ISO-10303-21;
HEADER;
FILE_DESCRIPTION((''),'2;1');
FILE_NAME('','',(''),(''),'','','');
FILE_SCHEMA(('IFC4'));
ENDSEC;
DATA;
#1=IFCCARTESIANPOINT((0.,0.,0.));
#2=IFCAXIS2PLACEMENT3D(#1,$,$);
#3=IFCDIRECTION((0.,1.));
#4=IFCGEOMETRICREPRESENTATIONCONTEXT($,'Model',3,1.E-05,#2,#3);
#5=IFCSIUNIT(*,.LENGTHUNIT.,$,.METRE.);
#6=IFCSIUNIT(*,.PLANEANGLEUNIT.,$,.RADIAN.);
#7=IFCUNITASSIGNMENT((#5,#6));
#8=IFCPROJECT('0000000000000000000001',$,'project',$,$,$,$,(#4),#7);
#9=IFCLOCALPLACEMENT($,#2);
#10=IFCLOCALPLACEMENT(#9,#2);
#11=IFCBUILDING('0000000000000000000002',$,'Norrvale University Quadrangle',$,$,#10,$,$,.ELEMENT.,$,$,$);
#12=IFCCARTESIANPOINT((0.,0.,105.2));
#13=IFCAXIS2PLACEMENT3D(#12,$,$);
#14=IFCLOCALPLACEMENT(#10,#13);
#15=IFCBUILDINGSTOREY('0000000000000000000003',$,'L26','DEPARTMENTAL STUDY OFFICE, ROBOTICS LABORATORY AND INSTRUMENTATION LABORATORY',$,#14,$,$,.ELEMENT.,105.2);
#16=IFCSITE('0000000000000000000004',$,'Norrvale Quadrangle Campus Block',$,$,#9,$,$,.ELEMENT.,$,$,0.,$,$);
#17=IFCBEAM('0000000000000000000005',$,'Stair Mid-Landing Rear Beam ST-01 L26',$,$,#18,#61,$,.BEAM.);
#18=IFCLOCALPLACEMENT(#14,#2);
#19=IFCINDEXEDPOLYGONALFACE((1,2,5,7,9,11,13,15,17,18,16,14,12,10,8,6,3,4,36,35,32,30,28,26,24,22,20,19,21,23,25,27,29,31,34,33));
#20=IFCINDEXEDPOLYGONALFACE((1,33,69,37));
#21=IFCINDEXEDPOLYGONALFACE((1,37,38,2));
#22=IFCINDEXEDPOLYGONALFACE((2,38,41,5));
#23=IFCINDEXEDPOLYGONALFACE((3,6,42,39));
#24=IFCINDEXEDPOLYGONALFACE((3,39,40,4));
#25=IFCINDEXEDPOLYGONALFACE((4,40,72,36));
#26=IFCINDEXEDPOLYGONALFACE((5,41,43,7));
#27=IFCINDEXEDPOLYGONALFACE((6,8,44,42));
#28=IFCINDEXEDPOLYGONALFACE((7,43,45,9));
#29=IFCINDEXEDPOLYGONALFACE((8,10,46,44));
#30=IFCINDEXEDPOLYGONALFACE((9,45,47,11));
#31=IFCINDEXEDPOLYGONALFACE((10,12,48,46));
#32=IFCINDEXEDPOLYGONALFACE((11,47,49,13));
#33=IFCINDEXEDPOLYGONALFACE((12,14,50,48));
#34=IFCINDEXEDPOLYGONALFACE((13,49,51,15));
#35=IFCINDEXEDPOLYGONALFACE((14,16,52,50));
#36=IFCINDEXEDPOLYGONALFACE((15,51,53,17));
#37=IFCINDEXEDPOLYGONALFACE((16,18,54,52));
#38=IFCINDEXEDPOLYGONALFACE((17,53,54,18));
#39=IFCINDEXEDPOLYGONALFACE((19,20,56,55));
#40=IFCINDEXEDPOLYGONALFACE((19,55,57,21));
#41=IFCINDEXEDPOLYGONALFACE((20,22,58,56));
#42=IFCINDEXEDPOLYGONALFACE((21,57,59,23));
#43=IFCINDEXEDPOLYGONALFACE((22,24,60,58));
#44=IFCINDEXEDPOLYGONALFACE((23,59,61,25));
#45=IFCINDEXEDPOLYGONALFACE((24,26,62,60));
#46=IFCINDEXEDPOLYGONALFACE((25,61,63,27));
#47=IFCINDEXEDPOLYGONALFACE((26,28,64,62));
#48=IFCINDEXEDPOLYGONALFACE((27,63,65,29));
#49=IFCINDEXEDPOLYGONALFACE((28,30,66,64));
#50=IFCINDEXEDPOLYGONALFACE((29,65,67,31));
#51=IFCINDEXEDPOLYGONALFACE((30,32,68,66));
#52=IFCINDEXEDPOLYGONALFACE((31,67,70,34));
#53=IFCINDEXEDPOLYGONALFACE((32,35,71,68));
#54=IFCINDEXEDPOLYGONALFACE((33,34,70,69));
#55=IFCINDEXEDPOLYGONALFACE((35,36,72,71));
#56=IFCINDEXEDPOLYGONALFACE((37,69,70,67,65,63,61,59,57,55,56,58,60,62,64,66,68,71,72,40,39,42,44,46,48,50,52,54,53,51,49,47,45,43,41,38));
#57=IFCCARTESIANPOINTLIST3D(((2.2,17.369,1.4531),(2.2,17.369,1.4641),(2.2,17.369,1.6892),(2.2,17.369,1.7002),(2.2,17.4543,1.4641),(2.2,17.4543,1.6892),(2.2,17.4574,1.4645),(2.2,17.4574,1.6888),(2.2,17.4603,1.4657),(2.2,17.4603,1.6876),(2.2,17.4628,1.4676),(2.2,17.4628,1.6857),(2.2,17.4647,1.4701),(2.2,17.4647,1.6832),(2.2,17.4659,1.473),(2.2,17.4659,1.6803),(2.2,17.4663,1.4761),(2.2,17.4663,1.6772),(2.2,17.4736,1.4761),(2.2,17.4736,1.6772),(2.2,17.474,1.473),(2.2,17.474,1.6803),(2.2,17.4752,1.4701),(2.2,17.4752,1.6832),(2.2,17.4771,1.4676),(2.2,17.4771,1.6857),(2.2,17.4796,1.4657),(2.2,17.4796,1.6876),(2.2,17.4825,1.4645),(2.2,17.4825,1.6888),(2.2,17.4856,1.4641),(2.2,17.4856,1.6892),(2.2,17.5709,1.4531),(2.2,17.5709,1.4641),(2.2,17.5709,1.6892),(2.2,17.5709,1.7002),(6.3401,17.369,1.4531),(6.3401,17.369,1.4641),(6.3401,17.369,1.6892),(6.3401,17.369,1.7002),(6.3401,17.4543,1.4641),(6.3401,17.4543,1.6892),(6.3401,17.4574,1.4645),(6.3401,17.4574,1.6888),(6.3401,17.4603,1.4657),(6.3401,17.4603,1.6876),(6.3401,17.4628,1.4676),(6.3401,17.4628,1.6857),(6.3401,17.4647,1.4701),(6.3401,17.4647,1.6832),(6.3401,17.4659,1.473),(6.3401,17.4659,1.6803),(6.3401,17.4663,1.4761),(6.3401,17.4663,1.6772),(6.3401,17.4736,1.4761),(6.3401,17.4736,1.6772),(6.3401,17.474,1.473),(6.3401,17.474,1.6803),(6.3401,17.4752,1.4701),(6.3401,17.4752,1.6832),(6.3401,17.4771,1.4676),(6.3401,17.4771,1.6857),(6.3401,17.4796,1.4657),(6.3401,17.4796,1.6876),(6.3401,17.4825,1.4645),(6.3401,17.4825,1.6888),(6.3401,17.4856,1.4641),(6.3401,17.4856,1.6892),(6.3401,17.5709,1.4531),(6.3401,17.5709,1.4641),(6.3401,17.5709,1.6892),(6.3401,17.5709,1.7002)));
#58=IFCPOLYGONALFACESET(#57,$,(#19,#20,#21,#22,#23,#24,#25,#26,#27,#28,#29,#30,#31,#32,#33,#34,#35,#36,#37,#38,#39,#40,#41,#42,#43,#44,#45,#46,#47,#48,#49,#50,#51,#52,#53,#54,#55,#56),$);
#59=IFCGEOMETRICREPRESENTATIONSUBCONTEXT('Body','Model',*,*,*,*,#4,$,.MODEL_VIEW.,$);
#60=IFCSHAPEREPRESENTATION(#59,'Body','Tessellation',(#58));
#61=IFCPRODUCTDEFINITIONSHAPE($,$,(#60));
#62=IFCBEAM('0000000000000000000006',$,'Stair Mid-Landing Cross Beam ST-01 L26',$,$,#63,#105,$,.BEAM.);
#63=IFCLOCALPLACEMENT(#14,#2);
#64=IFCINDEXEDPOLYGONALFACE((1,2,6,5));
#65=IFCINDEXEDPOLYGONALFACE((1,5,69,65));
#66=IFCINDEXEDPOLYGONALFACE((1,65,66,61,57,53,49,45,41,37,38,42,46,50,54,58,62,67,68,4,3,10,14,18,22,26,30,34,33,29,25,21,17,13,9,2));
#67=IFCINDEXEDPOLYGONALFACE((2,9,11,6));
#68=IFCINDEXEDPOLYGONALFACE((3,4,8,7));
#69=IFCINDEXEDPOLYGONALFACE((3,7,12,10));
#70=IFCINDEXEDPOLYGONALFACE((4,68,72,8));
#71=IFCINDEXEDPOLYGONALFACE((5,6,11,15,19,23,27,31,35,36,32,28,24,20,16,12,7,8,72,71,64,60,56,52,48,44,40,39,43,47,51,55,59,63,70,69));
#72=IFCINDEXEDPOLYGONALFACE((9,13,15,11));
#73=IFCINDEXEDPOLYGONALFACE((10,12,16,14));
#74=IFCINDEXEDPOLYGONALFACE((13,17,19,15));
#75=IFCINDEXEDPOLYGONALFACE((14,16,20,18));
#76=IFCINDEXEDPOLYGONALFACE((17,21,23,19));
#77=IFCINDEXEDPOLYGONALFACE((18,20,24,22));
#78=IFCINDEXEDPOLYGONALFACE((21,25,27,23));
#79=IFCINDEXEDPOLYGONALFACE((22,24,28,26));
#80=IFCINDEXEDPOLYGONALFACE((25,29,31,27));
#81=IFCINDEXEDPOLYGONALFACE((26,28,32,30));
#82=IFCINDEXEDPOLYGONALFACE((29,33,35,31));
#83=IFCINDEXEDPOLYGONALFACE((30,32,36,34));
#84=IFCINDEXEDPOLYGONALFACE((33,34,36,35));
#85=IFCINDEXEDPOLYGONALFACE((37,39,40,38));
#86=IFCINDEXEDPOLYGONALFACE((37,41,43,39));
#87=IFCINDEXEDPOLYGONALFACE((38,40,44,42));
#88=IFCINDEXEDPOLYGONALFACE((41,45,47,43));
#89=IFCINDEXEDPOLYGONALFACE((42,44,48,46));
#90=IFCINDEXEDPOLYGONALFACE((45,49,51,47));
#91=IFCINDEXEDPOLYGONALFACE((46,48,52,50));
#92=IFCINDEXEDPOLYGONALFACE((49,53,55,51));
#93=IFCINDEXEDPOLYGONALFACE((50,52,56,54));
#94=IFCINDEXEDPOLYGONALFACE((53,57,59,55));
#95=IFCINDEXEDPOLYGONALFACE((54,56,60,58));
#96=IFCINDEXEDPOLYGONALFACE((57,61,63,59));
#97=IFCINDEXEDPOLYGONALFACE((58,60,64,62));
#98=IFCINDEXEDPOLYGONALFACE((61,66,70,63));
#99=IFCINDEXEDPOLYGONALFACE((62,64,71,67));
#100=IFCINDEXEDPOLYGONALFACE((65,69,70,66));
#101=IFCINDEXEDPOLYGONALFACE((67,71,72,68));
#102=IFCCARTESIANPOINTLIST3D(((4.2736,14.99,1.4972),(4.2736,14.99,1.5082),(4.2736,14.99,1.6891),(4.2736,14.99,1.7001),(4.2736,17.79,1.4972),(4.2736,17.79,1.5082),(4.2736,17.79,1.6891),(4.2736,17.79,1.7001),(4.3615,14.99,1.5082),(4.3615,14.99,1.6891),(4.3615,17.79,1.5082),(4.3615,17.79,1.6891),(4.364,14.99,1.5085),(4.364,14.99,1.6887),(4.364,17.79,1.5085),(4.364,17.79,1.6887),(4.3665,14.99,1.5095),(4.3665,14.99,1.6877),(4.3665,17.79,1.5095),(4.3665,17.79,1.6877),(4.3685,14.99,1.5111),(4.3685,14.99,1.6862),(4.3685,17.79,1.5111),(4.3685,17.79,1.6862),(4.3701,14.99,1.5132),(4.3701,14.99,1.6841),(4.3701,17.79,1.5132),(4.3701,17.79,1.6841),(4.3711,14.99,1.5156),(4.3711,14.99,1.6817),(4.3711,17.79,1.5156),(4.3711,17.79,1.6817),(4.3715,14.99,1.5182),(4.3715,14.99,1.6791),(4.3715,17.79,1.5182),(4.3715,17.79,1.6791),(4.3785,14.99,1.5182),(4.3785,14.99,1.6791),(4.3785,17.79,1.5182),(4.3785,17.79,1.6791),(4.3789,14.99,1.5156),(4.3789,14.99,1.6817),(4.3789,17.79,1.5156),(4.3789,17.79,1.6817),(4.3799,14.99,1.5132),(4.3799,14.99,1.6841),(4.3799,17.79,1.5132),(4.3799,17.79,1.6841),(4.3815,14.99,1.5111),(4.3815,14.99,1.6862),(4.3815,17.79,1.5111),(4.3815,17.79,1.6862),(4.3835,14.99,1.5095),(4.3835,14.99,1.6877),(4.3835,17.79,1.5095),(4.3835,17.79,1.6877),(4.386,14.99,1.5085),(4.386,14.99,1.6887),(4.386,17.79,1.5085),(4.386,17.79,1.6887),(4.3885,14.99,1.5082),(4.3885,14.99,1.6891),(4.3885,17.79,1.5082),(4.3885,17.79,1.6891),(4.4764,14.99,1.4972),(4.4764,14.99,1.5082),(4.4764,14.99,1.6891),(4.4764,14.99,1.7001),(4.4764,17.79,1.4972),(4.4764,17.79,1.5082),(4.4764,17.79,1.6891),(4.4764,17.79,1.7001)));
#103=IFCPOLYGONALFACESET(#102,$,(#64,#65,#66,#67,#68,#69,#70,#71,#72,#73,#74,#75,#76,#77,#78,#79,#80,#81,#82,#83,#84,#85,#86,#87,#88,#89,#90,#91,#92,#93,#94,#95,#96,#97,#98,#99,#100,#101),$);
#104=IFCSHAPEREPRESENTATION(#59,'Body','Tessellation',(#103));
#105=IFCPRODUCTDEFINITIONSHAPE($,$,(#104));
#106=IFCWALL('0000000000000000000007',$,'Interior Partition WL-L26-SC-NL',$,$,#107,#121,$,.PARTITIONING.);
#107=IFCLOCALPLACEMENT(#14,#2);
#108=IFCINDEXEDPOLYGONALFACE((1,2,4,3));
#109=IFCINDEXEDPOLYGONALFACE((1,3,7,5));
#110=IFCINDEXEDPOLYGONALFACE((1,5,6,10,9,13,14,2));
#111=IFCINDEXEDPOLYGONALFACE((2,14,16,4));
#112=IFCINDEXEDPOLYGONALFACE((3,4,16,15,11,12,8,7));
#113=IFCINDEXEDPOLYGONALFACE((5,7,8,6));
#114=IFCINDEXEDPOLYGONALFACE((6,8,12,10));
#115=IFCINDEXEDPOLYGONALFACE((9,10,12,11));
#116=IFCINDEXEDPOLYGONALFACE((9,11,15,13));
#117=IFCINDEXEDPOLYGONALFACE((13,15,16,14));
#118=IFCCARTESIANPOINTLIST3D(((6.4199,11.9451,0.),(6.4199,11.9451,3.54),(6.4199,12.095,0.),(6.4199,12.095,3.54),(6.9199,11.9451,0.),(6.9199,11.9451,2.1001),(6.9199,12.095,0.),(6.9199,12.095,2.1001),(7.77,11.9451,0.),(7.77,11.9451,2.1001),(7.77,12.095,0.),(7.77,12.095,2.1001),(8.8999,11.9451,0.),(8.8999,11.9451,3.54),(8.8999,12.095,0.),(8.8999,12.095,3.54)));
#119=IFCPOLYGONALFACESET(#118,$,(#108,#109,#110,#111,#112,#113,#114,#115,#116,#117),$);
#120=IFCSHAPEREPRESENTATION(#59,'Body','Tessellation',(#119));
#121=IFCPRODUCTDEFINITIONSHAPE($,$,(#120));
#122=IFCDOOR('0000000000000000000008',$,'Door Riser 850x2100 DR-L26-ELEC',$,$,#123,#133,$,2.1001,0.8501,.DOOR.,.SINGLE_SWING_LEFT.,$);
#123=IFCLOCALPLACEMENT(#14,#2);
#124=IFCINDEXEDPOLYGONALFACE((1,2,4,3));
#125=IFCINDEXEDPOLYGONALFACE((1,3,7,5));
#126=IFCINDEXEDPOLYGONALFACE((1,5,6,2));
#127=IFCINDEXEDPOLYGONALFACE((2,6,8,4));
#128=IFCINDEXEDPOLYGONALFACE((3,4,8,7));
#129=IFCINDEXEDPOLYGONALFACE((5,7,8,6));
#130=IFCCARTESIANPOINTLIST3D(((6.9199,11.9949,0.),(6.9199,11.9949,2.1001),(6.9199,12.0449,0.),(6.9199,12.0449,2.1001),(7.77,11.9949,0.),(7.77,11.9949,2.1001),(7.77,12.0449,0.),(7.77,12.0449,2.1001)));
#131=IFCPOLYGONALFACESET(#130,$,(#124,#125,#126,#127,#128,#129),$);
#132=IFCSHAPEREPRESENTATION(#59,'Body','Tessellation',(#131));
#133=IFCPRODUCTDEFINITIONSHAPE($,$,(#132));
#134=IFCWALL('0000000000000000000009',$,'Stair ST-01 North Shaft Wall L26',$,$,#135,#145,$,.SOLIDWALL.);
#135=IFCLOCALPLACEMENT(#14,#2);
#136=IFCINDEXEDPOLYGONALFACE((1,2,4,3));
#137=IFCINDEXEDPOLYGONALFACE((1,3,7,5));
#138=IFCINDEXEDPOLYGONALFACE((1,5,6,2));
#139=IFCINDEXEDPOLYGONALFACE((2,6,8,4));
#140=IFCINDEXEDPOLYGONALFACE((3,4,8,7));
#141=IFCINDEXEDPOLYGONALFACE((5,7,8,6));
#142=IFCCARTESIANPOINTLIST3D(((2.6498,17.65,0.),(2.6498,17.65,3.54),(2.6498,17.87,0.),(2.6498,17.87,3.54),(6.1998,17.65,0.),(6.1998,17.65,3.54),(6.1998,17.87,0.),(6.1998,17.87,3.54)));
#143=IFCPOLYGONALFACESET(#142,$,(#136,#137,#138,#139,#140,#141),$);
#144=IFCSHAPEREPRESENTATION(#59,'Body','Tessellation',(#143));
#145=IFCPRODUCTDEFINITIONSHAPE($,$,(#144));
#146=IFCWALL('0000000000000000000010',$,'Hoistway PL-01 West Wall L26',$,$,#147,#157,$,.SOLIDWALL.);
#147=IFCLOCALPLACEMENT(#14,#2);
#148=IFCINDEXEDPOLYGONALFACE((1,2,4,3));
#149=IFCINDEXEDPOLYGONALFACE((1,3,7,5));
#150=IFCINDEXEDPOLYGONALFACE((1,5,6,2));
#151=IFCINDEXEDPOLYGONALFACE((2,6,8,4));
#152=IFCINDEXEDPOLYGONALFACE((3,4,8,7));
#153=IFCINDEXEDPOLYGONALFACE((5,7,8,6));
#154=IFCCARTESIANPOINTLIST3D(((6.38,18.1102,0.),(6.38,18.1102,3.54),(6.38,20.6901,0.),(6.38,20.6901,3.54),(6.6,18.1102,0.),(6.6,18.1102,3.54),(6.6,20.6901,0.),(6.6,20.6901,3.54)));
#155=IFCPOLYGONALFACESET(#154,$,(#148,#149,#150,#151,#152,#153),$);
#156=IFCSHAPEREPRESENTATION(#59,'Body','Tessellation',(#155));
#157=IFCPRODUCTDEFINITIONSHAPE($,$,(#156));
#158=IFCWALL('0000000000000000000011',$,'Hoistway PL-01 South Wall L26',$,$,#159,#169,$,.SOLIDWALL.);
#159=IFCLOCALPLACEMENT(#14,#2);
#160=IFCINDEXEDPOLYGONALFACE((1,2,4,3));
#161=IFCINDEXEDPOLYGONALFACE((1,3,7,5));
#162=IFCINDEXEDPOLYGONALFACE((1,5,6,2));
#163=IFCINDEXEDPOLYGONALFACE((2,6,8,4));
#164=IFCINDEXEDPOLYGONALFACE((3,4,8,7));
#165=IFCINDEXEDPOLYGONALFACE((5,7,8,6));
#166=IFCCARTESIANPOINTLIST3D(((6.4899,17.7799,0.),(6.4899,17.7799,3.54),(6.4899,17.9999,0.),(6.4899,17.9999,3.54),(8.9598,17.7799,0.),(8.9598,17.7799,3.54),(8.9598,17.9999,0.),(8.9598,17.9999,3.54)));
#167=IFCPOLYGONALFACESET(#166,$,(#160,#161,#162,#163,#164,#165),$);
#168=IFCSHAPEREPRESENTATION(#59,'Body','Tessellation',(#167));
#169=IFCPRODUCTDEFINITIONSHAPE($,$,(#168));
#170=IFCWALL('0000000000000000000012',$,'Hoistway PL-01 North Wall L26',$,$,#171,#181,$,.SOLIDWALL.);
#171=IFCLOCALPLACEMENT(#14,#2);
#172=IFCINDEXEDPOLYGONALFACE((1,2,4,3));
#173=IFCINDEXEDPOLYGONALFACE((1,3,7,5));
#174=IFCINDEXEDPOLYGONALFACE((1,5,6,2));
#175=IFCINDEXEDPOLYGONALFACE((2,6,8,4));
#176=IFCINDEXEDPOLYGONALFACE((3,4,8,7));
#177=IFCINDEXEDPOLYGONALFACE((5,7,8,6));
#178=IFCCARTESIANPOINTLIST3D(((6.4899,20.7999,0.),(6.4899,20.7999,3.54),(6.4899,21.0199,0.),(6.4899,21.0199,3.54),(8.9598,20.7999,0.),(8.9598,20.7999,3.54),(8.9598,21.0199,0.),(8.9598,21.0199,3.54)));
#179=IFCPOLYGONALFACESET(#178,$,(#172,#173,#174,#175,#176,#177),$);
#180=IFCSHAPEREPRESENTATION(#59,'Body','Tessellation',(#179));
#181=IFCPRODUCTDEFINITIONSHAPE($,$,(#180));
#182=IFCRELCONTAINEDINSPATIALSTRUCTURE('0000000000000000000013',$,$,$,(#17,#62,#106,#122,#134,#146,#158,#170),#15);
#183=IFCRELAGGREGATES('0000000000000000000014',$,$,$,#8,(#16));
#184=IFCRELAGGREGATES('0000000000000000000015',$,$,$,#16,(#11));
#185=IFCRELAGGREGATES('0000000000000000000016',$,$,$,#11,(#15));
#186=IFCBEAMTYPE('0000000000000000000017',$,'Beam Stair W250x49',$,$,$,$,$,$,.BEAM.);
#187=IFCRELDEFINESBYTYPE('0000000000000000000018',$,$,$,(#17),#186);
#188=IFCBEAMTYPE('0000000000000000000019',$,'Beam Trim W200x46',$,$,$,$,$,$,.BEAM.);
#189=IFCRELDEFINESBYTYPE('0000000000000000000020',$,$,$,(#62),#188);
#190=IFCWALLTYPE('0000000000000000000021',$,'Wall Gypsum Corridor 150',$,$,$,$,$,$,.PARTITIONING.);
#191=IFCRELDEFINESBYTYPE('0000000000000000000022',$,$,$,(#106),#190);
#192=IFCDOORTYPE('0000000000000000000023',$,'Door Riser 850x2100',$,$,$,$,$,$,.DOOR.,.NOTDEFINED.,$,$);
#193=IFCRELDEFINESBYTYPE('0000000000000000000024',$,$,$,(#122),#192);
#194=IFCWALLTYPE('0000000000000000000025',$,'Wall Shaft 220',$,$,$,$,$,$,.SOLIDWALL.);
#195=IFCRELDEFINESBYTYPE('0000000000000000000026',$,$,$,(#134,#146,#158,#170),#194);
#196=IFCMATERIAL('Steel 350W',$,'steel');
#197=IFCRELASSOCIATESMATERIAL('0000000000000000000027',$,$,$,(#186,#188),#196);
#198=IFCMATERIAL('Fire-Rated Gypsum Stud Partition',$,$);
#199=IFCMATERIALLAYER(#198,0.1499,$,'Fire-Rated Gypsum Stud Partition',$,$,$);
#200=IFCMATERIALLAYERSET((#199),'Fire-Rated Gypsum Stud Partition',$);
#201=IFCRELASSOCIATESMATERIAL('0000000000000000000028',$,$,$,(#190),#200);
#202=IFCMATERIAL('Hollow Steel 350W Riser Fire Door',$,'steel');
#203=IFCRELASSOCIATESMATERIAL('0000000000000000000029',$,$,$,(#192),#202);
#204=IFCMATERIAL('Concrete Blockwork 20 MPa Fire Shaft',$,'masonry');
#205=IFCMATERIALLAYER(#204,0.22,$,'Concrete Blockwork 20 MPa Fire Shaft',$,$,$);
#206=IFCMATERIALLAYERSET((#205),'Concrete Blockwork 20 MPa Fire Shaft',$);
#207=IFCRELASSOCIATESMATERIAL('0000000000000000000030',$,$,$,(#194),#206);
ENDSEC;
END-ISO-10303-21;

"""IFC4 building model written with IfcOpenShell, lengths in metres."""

from ifc_helpers import new_model, si_unit, direction, frame, frame_2d, origin, origin_2d, place, context, subcontext, project, spatial, rectangle, i_section, extrude, material, layer, layer_set, material_profile, profile_set, type_object, element, fill, save


model = new_model("IFC4")

# Units and contexts
model_context = context("Model", 3, precision=1e-05, world=origin(), true_north=direction((0.0, 1.0)))
body_context = subcontext(model_context, "Body", "Model", "MODEL_VIEW")
ifc_project = project(units=[si_unit("LENGTHUNIT", "METRE"), si_unit("PLANEANGLEUNIT", "RADIAN")], contexts=[model_context])

# Site, building, storey
site_placement = place(None, origin())
site = spatial("IfcSite", under=ifc_project, at=site_placement, Name="Norrvale Quadrangle Campus Block", CompositionType="ELEMENT", RefElevation=0.0)
building_placement = place(site_placement, origin())
building = spatial("IfcBuilding", under=site, at=building_placement, Name="Norrvale University Quadrangle", CompositionType="ELEMENT")
storey_placement = place(building_placement, frame((0.0, 0.0, 105.2)))
storey = spatial("IfcBuildingStorey", under=building, at=storey_placement, Name="L26", Description="DEPARTMENTAL STUDY OFFICE, ROBOTICS LABORATORY AND INSTRUMENTATION LABORATORY", CompositionType="ELEMENT", Elevation=105.2)

# Beams
ifc_material_1 = material(Name="Steel 350W", Category="steel")
ifc_material_profile_1 = material_profile(ifc_material_1, i_section(OverallWidth=0.2019, OverallDepth=0.2471, WebThickness=0.0073, FlangeThickness=0.011, FilletRadius=0.012, at=origin_2d()), Name="Steel 350W")
ifc_profile_set_1 = profile_set([ifc_material_profile_1], Name="Steel 350W")
beam_type_1 = type_object("IfcBeamType", Name="Beam Stair W250x49", PredefinedType="BEAM", material=ifc_profile_set_1)
for number, where, z_axis, x_axis, name in (
    (1, (2.2, 17.47, 1.5767), (1.0, 0.0, 0.0), (0.0, 1.0, 0.0), "Stair Mid-Landing Rear Beam ST-01 L26"),
):
    element("IfcBeam", number, at=place(storey_placement, frame(where, z_axis=z_axis, x_axis=x_axis)), inside=storey, type_object=beam_type_1, Name=name, PredefinedType="BEAM", context=body_context, shape_type="SweptSolid", body=[
        extrude(i_section(OverallWidth=0.2019, OverallDepth=0.2471, WebThickness=0.0073, FlangeThickness=0.011, FilletRadius=0.012, at=origin_2d()), origin(), (0.0, 0.0, 1.0), 4.1401),
    ])
ifc_material_profile_2 = material_profile(ifc_material_1, i_section(OverallWidth=0.2029, OverallDepth=0.2029, WebThickness=0.0071, FlangeThickness=0.011, FilletRadius=0.01, at=origin_2d()), Name="Steel 350W")
ifc_profile_set_2 = profile_set([ifc_material_profile_2], Name="Steel 350W")
beam_type_2 = type_object("IfcBeamType", Name="Beam Trim W200x46", PredefinedType="BEAM", material=ifc_profile_set_2)
beam_1_placement = place(storey_placement, frame((4.375, 14.99, 1.5986), z_axis=(0.0, 1.0, 0.0), x_axis=(-1.0, 0.0, 0.0)))
element("IfcBeam", 2, at=beam_1_placement, inside=storey, type_object=beam_type_2, Name="Stair Mid-Landing Cross Beam ST-01 L26", PredefinedType="BEAM", context=body_context, shape_type="SweptSolid", body=[
    extrude(i_section(OverallWidth=0.2029, OverallDepth=0.2029, WebThickness=0.0071, FlangeThickness=0.011, FilletRadius=0.01, at=origin_2d()), origin(), (0.0, 0.0, 1.0), 2.8),
])

# Wall, opening, door
ifc_material_2 = material(Name="Fire-Rated Gypsum Stud Partition")
ifc_layer_1 = layer(ifc_material_2, 0.1499, Name="Fire-Rated Gypsum Stud Partition")
ifc_layer_set_1 = layer_set([ifc_layer_1], Name="Fire-Rated Gypsum Stud Partition")
wall_type_1 = type_object("IfcWallType", Name="Wall Gypsum Corridor 150", PredefinedType="PARTITIONING", material=ifc_layer_set_1)
wall_1_placement = place(storey_placement, frame((6.4199, 12.02, 0.0), z_axis=(0.0, 0.0, 1.0), x_axis=(1.0, 0.0, 0.0)))
wall_1 = element("IfcWall", 3, at=wall_1_placement, inside=storey, type_object=wall_type_1, Name="Interior Partition WL-L26-SC-NL", PredefinedType="PARTITIONING", context=body_context, shape_type="SweptSolid", body=[
    extrude(rectangle(XDim=2.48, YDim=0.1499, at=frame_2d((1.24, 0.0))), origin(), (0.0, 0.0, 1.0), 3.54),
])
opening_placement = place(wall_1_placement, frame((0.5, 0.0, 0.0)))
opening = element("IfcOpeningElement", 4, at=opening_placement, cuts=wall_1, PredefinedType="OPENING", context=body_context, shape_type="SweptSolid", body=[
    extrude(rectangle(XDim=0.8501, YDim=2.1001, at=frame_2d((0.425, 1.05))), frame((0.0, 0.0869, 0.0), z_axis=(0.0, -1.0, 0.0), x_axis=(1.0, 0.0, 0.0)), (0.0, 0.0, 1.0), 0.1738),
])
ifc_material_3 = material(Name="Hollow Steel 350W Riser Fire Door", Category="steel")
door_type = type_object("IfcDoorType", Name="Door Riser 850x2100", OperationType="NOTDEFINED", PredefinedType="DOOR", material=ifc_material_3)
door_placement = place(opening_placement, origin())
door = element("IfcDoor", 5, at=door_placement, inside=storey, type_object=door_type, Name="Door Riser 850x2100 DR-L26-ELEC", OperationType="SINGLE_SWING_LEFT", OverallHeight=2.1001, OverallWidth=0.8501, PredefinedType="DOOR", context=body_context, shape_type="SweptSolid", body=[
    extrude(rectangle(XDim=0.8501, YDim=2.1001, at=frame_2d((0.425, 1.05))), frame((0.0, 0.0249, 0.0), z_axis=(0.0, -1.0, 0.0), x_axis=(1.0, 0.0, 0.0)), (0.0, 0.0, 1.0), 0.05),
])
fill(opening, door)

# Walls
ifc_material_4 = material(Name="Concrete Blockwork 20 MPa Fire Shaft", Category="masonry")
ifc_layer_2 = layer(ifc_material_4, 0.22, Name="Concrete Blockwork 20 MPa Fire Shaft")
ifc_layer_set_2 = layer_set([ifc_layer_2], Name="Concrete Blockwork 20 MPa Fire Shaft")
wall_type_2 = type_object("IfcWallType", Name="Wall Shaft 220", PredefinedType="SOLIDWALL", material=ifc_layer_set_2)
wall_2_placement = place(storey_placement, frame((2.6499, 17.76, 0.0), z_axis=(0.0, 0.0, 1.0), x_axis=(1.0, 0.0, 0.0)))
element("IfcWall", 6, at=wall_2_placement, inside=storey, type_object=wall_type_2, Name="Stair ST-01 North Shaft Wall L26", PredefinedType="SOLIDWALL", context=body_context, shape_type="SweptSolid", body=[
    extrude(rectangle(XDim=3.55, YDim=0.22, at=frame_2d((1.7749, 0.0))), origin(), (0.0, 0.0, 1.0), 3.54),
])
wall_3_placement = place(storey_placement, frame((6.49, 18.1101, 0.0), z_axis=(0.0, 0.0, 1.0), x_axis=(0.0, 1.0, 0.0)))
element("IfcWall", 7, at=wall_3_placement, inside=storey, type_object=wall_type_2, Name="Hoistway PL-01 West Wall L26", PredefinedType="SOLIDWALL", context=body_context, shape_type="SweptSolid", body=[
    extrude(rectangle(XDim=2.5798, YDim=0.22, at=frame_2d((1.29, 0.0))), origin(), (0.0, 0.0, 1.0), 3.54),
])
for number, where, z_axis, x_axis, name in (
    (8, (6.49, 17.8899, 0.0), (0.0, 0.0, 1.0), (1.0, 0.0, 0.0), "Hoistway PL-01 South Wall L26"),
    (9, (6.49, 20.9099, 0.0), (0.0, 0.0, 1.0), (1.0, 0.0, 0.0), "Hoistway PL-01 North Wall L26"),
):
    element("IfcWall", number, at=place(storey_placement, frame(where, z_axis=z_axis, x_axis=x_axis)), inside=storey, type_object=wall_type_2, Name=name, PredefinedType="SOLIDWALL", context=body_context, shape_type="SweptSolid", body=[
        extrude(rectangle(XDim=2.47, YDim=0.22, at=frame_2d((1.2349, 0.0))), origin(), (0.0, 0.0, 1.0), 3.54),
    ])

save(model, "model.ifc")
